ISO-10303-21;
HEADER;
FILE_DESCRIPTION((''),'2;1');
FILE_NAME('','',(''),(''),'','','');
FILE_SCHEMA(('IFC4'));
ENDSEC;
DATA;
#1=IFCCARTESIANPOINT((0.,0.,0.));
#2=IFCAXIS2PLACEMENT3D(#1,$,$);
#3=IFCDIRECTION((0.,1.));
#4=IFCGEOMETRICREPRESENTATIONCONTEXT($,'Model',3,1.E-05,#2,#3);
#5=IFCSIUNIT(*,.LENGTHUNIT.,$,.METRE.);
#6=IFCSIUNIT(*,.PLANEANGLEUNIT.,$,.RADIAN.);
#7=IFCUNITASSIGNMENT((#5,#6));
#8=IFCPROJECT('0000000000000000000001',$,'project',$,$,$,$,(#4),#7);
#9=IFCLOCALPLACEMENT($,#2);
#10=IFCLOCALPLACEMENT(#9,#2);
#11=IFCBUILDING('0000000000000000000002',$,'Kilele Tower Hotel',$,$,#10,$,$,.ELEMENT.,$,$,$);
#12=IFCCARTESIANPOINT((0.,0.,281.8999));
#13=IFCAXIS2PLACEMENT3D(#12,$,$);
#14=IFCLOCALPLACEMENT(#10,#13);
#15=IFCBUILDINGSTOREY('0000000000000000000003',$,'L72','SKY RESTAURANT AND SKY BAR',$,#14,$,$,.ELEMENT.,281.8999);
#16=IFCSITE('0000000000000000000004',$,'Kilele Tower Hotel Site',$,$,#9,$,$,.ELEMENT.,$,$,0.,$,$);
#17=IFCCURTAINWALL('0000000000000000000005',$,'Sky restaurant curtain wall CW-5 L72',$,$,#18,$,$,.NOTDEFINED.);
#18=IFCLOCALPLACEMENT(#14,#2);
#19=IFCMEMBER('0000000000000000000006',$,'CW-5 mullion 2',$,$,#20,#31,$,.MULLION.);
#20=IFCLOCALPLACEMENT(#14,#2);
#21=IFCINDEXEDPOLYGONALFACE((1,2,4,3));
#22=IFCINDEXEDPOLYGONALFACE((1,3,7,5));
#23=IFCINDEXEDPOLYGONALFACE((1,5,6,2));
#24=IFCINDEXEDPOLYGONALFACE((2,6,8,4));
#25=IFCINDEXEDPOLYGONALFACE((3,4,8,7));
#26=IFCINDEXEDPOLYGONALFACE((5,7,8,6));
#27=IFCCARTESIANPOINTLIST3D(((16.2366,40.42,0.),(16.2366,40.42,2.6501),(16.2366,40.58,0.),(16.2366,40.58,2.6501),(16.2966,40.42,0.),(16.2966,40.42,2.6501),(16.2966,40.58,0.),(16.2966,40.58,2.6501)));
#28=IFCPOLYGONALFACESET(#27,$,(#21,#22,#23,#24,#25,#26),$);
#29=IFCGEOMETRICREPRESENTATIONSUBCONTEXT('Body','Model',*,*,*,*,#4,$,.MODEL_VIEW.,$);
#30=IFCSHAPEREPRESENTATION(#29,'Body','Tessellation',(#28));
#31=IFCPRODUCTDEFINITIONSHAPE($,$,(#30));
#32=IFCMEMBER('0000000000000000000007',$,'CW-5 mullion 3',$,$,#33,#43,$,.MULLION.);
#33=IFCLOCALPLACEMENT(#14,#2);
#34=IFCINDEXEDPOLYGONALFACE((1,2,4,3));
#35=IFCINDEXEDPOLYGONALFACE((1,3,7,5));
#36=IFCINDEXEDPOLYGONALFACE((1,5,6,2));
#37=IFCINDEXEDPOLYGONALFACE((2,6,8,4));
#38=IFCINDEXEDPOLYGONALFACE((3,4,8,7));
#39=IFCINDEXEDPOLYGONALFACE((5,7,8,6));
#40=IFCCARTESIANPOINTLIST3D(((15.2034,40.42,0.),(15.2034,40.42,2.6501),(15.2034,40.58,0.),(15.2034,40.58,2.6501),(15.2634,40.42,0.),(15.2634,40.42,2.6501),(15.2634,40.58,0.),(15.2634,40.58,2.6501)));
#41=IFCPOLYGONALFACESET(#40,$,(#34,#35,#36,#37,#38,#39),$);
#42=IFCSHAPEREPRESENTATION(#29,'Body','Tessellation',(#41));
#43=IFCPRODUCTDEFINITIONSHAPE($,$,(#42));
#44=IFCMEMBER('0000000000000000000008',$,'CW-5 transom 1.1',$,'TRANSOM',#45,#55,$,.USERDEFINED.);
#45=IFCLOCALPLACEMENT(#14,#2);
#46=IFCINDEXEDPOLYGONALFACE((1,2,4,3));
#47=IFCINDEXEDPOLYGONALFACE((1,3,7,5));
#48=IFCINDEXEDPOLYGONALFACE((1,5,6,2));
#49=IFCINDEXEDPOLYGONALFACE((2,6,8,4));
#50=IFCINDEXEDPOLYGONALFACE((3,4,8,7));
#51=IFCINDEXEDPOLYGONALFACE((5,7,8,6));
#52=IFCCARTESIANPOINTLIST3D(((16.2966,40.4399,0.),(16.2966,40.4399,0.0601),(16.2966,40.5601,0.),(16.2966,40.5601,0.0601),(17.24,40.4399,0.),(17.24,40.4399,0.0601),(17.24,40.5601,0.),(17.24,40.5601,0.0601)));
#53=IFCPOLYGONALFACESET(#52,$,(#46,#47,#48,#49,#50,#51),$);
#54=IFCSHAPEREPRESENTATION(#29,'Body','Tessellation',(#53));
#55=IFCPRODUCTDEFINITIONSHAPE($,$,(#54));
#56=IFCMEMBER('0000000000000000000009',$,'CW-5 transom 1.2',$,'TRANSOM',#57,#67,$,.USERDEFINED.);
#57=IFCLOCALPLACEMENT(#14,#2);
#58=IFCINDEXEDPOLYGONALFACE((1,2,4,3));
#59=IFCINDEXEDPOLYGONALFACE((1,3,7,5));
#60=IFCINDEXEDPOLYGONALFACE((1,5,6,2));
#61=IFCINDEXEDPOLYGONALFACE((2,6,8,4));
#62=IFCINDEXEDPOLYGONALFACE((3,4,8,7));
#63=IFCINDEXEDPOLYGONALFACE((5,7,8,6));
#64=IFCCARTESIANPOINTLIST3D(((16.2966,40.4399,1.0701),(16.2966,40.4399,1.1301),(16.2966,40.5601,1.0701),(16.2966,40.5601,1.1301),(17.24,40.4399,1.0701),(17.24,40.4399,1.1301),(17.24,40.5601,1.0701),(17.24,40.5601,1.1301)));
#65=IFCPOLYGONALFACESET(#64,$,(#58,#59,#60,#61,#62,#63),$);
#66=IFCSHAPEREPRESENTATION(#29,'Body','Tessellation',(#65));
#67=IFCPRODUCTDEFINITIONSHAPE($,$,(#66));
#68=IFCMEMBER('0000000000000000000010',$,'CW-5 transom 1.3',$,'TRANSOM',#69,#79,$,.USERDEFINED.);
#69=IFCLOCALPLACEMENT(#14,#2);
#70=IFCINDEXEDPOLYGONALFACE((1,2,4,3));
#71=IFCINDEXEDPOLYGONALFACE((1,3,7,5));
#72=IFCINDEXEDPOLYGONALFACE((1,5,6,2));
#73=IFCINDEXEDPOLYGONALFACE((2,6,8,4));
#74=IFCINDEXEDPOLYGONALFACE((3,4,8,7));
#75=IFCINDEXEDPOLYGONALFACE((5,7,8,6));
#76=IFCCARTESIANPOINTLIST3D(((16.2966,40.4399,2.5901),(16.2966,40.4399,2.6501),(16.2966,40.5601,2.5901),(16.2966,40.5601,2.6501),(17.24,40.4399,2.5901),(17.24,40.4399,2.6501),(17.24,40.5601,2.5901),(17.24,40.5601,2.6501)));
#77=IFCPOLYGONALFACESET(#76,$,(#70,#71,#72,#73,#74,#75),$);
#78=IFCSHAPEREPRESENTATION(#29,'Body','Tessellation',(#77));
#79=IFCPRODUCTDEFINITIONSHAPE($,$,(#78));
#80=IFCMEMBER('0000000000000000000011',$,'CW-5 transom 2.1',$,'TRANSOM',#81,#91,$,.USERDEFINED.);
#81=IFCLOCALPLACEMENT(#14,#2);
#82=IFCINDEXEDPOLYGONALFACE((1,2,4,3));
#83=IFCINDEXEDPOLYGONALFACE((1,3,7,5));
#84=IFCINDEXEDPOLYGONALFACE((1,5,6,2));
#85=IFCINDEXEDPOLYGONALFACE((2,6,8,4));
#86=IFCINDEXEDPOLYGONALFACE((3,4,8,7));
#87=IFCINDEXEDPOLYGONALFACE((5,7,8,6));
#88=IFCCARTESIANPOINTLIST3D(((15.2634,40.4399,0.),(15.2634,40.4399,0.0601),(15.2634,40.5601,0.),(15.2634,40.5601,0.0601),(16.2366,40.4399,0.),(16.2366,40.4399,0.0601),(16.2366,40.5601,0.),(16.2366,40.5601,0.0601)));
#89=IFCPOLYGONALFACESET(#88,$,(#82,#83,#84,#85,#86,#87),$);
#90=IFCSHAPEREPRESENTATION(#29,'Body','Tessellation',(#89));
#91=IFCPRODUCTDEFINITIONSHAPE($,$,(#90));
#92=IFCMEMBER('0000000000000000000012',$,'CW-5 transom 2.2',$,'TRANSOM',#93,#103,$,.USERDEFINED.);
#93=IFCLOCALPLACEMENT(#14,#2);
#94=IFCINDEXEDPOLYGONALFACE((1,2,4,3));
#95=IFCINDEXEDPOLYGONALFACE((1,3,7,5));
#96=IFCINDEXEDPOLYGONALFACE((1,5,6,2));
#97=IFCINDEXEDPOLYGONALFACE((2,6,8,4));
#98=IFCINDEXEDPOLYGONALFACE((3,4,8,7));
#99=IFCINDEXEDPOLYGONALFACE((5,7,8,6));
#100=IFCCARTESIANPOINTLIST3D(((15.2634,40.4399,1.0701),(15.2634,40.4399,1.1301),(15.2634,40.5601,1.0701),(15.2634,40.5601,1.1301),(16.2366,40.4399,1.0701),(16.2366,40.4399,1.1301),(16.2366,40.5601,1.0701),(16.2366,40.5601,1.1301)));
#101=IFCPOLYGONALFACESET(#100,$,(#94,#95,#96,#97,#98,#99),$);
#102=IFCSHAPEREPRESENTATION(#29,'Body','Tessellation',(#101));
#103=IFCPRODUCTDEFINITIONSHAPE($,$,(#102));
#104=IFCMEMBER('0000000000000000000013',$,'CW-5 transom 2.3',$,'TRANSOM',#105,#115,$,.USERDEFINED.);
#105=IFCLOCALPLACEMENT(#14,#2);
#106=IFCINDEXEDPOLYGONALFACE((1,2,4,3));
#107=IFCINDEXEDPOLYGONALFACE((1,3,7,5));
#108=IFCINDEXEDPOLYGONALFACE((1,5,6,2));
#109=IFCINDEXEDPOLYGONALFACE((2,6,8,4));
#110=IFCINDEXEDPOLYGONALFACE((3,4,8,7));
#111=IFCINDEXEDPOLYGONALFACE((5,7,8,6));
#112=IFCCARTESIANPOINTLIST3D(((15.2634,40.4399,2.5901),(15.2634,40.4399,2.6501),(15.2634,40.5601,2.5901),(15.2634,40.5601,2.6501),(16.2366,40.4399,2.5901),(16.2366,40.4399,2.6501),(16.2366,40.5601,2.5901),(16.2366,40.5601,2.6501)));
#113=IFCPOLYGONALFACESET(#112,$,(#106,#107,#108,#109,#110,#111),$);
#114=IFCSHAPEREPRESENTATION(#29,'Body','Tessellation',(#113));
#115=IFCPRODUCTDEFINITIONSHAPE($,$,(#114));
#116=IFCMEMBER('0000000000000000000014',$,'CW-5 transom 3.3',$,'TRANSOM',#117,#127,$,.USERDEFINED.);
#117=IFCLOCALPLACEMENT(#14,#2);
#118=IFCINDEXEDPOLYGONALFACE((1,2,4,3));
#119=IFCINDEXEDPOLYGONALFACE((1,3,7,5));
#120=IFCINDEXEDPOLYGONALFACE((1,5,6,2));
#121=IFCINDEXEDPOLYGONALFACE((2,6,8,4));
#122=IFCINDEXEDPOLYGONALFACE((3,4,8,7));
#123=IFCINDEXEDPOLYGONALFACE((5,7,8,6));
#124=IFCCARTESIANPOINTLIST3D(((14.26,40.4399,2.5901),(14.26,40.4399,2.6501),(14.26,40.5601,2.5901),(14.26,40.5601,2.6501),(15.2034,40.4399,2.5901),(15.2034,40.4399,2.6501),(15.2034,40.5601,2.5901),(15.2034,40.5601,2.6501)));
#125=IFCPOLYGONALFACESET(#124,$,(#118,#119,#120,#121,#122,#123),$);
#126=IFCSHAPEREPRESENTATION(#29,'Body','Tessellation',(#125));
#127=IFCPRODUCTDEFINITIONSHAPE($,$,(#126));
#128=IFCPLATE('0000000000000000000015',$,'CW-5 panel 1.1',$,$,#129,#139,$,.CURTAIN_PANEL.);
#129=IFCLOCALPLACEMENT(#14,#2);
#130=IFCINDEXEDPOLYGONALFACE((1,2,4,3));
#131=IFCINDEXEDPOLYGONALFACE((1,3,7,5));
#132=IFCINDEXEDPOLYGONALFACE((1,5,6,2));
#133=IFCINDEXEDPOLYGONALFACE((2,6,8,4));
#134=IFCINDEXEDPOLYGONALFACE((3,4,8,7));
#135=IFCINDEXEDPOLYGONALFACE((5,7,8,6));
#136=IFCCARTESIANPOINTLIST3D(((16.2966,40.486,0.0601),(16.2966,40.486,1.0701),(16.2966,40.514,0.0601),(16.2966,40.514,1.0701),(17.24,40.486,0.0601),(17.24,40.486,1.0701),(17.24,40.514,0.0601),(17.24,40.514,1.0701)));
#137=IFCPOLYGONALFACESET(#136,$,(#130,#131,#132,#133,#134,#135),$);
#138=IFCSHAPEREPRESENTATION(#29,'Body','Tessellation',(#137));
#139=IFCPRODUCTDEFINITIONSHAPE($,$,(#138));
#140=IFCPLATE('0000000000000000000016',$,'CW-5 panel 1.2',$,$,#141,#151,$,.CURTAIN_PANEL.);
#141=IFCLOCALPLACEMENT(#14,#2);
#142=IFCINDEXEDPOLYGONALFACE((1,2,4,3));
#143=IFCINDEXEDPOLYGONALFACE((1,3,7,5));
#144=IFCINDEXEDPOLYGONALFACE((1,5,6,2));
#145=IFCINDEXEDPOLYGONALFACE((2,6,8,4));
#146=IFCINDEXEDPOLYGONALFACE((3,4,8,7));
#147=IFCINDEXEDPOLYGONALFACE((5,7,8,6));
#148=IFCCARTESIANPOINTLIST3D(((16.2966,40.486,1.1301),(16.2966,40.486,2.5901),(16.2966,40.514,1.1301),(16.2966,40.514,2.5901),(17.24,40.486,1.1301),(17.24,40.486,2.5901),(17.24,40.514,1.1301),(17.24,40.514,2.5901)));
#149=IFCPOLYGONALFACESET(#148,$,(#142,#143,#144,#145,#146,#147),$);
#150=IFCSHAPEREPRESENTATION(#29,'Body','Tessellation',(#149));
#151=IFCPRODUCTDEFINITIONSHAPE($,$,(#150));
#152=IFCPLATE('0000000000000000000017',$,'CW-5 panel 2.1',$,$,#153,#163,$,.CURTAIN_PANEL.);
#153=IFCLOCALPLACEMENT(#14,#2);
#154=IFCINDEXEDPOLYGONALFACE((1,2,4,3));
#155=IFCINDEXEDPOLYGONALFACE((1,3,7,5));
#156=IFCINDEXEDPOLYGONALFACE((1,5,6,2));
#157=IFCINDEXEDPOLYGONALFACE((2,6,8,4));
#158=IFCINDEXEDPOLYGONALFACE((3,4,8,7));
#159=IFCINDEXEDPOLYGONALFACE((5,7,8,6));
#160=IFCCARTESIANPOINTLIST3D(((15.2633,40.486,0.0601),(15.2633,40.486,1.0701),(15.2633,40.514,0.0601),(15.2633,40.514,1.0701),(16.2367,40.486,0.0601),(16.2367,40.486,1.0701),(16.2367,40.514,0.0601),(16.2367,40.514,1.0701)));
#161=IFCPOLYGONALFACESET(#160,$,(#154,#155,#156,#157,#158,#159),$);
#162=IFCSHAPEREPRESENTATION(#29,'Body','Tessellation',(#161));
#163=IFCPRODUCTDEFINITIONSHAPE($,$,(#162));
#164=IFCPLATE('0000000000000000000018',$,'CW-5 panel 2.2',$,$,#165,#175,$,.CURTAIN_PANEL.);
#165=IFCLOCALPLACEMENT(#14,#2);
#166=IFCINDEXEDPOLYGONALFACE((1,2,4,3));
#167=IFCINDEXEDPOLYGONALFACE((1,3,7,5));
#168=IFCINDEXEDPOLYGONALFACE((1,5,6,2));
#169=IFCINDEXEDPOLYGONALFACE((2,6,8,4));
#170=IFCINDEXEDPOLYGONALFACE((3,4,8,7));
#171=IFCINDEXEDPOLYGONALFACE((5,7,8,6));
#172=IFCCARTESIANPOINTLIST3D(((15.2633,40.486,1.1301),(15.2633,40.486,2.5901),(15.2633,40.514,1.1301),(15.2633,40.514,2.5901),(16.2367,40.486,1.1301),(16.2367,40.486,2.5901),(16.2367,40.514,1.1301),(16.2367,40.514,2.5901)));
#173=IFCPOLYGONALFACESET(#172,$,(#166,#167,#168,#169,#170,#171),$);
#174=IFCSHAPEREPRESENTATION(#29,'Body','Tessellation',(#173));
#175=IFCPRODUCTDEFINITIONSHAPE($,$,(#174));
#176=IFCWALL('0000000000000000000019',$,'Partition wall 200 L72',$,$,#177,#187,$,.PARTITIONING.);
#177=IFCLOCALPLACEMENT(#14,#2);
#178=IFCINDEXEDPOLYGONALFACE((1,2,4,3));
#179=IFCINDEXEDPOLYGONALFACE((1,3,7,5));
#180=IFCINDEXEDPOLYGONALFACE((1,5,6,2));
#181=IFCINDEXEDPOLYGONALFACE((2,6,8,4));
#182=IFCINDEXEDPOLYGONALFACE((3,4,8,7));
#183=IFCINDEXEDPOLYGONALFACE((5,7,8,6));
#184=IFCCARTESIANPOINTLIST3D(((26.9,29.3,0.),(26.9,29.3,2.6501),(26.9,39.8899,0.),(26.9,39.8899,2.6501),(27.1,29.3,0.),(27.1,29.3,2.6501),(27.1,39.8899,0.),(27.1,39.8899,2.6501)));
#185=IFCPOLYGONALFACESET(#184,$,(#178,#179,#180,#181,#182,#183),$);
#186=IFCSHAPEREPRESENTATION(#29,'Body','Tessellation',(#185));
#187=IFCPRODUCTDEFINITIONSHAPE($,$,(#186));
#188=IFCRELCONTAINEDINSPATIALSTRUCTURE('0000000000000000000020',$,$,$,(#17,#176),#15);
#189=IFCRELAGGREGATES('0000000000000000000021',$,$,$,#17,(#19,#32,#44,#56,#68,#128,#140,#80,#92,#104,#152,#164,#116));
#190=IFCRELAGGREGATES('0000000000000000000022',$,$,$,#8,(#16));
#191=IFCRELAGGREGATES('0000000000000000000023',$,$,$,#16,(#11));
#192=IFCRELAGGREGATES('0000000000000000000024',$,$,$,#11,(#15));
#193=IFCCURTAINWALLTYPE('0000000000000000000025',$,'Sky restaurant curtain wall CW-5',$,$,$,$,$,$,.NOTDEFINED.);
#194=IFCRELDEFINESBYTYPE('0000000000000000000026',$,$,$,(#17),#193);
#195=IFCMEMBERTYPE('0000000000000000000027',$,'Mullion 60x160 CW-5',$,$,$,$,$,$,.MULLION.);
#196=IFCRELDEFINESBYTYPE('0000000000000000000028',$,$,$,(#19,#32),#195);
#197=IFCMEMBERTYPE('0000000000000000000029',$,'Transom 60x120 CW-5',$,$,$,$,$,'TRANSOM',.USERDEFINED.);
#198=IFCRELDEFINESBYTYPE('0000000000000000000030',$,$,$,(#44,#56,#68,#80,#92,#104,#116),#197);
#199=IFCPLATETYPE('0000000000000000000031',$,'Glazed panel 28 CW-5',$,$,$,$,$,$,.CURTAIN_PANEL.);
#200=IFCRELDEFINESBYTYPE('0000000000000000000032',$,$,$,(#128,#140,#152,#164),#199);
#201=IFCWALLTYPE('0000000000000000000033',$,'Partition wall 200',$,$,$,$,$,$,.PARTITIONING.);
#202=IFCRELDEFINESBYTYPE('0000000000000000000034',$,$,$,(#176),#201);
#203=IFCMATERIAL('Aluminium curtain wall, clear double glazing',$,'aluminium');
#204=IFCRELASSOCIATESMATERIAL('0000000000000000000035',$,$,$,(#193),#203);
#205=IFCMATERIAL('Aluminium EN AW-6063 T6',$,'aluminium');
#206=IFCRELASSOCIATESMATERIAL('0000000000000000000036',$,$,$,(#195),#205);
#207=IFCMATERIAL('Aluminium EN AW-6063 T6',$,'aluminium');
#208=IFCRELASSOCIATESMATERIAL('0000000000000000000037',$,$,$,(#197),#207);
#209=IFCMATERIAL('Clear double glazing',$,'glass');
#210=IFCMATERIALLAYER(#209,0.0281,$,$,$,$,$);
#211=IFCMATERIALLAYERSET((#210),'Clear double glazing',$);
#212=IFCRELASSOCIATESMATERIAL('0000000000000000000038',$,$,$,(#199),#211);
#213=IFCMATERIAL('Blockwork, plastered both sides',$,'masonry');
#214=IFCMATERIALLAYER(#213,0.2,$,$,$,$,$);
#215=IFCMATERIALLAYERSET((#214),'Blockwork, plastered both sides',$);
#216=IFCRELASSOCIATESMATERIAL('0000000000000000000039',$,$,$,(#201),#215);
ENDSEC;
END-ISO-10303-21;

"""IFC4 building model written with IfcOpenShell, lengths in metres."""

from ifc_helpers import new_model, si_unit, direction, frame, frame_2d, origin, origin_2d, place, context, subcontext, project, spatial, rectangle, extrude, material, layer, layer_set, material_profile, profile_set, type_object, element, aggregate, save


model = new_model("IFC4")

# Units and contexts
model_context = context("Model", 3, precision=1e-05, world=origin(), true_north=direction((0.0, 1.0)))
body_context = subcontext(model_context, "Body", "Model", "MODEL_VIEW")
ifc_project = project(units=[si_unit("LENGTHUNIT", "METRE"), si_unit("PLANEANGLEUNIT", "RADIAN")], contexts=[model_context])

# Site, building, storey
site_placement = place(None, origin())
site = spatial("IfcSite", under=ifc_project, at=site_placement, Name="Kilele Tower Hotel Site", CompositionType="ELEMENT", RefElevation=0.0)
building_placement = place(site_placement, origin())
building = spatial("IfcBuilding", under=site, at=building_placement, Name="Kilele Tower Hotel", CompositionType="ELEMENT")
storey_placement = place(building_placement, frame((0.0, 0.0, 281.8999)))
storey = spatial("IfcBuildingStorey", under=building, at=storey_placement, Name="L72", Description="SKY RESTAURANT AND SKY BAR", CompositionType="ELEMENT", Elevation=281.8999)

# Curtain wall, members, plates
ifc_material_1 = material(Name="Aluminium curtain wall, clear double glazing", Category="aluminium")
curtain_wall_type = type_object("IfcCurtainWallType", Name="Sky restaurant curtain wall CW-5", PredefinedType="NOTDEFINED", material=ifc_material_1)
curtain_wall_placement = place(storey_placement, origin())
curtain_wall = element("IfcCurtainWall", 1, at=curtain_wall_placement, inside=storey, type_object=curtain_wall_type, Name="Sky restaurant curtain wall CW-5 L72", PredefinedType="NOTDEFINED")
ifc_material_2 = material(Name="Aluminium EN AW-6063 T6", Category="aluminium")
ifc_material_profile_1 = material_profile(ifc_material_2, rectangle(XDim=0.1599, YDim=0.0601, at=origin_2d()))
ifc_profile_set_1 = profile_set([ifc_material_profile_1], Name="Aluminium EN AW-6063 T6")
member_type_1 = type_object("IfcMemberType", Name="Mullion 60x160 CW-5", PredefinedType="MULLION", material=ifc_profile_set_1)
member_1_placement = place(storey_placement, frame((16.2666, 40.5, 0.0), z_axis=(0.0, 0.0, 1.0), x_axis=(0.0, -1.0, 0.0)))
member_1 = element("IfcMember", 2, at=member_1_placement, type_object=member_type_1, Name="CW-5 mullion 2", PredefinedType="MULLION", context=body_context, shape_type="SweptSolid", body=[
    extrude(rectangle(XDim=0.1599, YDim=0.0601, at=origin_2d()), origin(), (0.0, 0.0, 1.0), 2.6501),
])
member_2_placement = place(storey_placement, frame((15.2334, 40.5, 0.0), z_axis=(0.0, 0.0, 1.0), x_axis=(0.0, -1.0, 0.0)))
member_2 = element("IfcMember", 3, at=member_2_placement, type_object=member_type_1, Name="CW-5 mullion 3", PredefinedType="MULLION", context=body_context, shape_type="SweptSolid", body=[
    extrude(rectangle(XDim=0.1599, YDim=0.0601, at=origin_2d()), origin(), (0.0, 0.0, 1.0), 2.6501),
])
ifc_material_3 = material(Name="Aluminium EN AW-6063 T6", Category="aluminium")
ifc_material_profile_2 = material_profile(ifc_material_3, rectangle(XDim=0.1201, YDim=0.0601, at=origin_2d()))
ifc_profile_set_2 = profile_set([ifc_material_profile_2], Name="Aluminium EN AW-6063 T6")
member_type_2 = type_object("IfcMemberType", Name="Transom 60x120 CW-5", ElementType="TRANSOM", PredefinedType="USERDEFINED", material=ifc_profile_set_2)
member_3_placement = place(storey_placement, frame((17.24, 40.5, 0.03), z_axis=(-1.0, 0.0, 0.0), x_axis=(0.0, -1.0, 0.0)))
member_3 = element("IfcMember", 4, at=member_3_placement, type_object=member_type_2, Name="CW-5 transom 1.1", ObjectType="TRANSOM", PredefinedType="USERDEFINED", context=body_context, shape_type="SweptSolid", body=[
    extrude(rectangle(XDim=0.1201, YDim=0.0601, at=origin_2d()), origin(), (0.0, 0.0, 1.0), 0.9434),
])
member_4_placement = place(storey_placement, frame((17.24, 40.5, 1.1001), z_axis=(-1.0, 0.0, 0.0), x_axis=(0.0, -1.0, 0.0)))
member_4 = element("IfcMember", 5, at=member_4_placement, type_object=member_type_2, Name="CW-5 transom 1.2", ObjectType="TRANSOM", PredefinedType="USERDEFINED", context=body_context, shape_type="SweptSolid", body=[
    extrude(rectangle(XDim=0.1201, YDim=0.0601, at=origin_2d()), origin(), (0.0, 0.0, 1.0), 0.9434),
])
member_5_placement = place(storey_placement, frame((17.24, 40.5, 2.6201), z_axis=(-1.0, 0.0, 0.0), x_axis=(0.0, -1.0, 0.0)))
member_5 = element("IfcMember", 6, at=member_5_placement, type_object=member_type_2, Name="CW-5 transom 1.3", ObjectType="TRANSOM", PredefinedType="USERDEFINED", context=body_context, shape_type="SweptSolid", body=[
    extrude(rectangle(XDim=0.1201, YDim=0.0601, at=origin_2d()), origin(), (0.0, 0.0, 1.0), 0.9434),
])
member_6_placement = place(storey_placement, frame((16.2366, 40.5, 0.03), z_axis=(-1.0, 0.0, 0.0), x_axis=(0.0, -1.0, 0.0)))
member_6 = element("IfcMember", 7, at=member_6_placement, type_object=member_type_2, Name="CW-5 transom 2.1", ObjectType="TRANSOM", PredefinedType="USERDEFINED", context=body_context, shape_type="SweptSolid", body=[
    extrude(rectangle(XDim=0.1201, YDim=0.0601, at=origin_2d()), origin(), (0.0, 0.0, 1.0), 0.9731),
])
member_7_placement = place(storey_placement, frame((16.2366, 40.5, 1.1001), z_axis=(-1.0, 0.0, 0.0), x_axis=(0.0, -1.0, 0.0)))
member_7 = element("IfcMember", 8, at=member_7_placement, type_object=member_type_2, Name="CW-5 transom 2.2", ObjectType="TRANSOM", PredefinedType="USERDEFINED", context=body_context, shape_type="SweptSolid", body=[
    extrude(rectangle(XDim=0.1201, YDim=0.0601, at=origin_2d()), origin(), (0.0, 0.0, 1.0), 0.9731),
])
member_8_placement = place(storey_placement, frame((16.2366, 40.5, 2.6201), z_axis=(-1.0, 0.0, 0.0), x_axis=(0.0, -1.0, 0.0)))
member_8 = element("IfcMember", 9, at=member_8_placement, type_object=member_type_2, Name="CW-5 transom 2.3", ObjectType="TRANSOM", PredefinedType="USERDEFINED", context=body_context, shape_type="SweptSolid", body=[
    extrude(rectangle(XDim=0.1201, YDim=0.0601, at=origin_2d()), origin(), (0.0, 0.0, 1.0), 0.9731),
])
member_9_placement = place(storey_placement, frame((15.2034, 40.5, 2.6201), z_axis=(-1.0, 0.0, 0.0), x_axis=(0.0, -1.0, 0.0)))
member_9 = element("IfcMember", 10, at=member_9_placement, type_object=member_type_2, Name="CW-5 transom 3.3", ObjectType="TRANSOM", PredefinedType="USERDEFINED", context=body_context, shape_type="SweptSolid", body=[
    extrude(rectangle(XDim=0.1201, YDim=0.0601, at=origin_2d()), origin(), (0.0, 0.0, 1.0), 0.9434),
])
ifc_material_4 = material(Name="Clear double glazing", Category="glass")
ifc_layer_1 = layer(ifc_material_4, 0.0281)
ifc_layer_set_1 = layer_set([ifc_layer_1], Name="Clear double glazing")
plate_type = type_object("IfcPlateType", Name="Glazed panel 28 CW-5", PredefinedType="CURTAIN_PANEL", material=ifc_layer_set_1)
plate_1_placement = place(storey_placement, frame((16.7683, 40.5, 0.0601), z_axis=(0.0, 0.0, 1.0), x_axis=(-1.0, 0.0, 0.0)))
plate_1 = element("IfcPlate", 11, at=plate_1_placement, type_object=plate_type, Name="CW-5 panel 1.1", PredefinedType="CURTAIN_PANEL", context=body_context, shape_type="SweptSolid", body=[
    extrude(rectangle(XDim=0.9434, YDim=0.0281, at=origin_2d()), origin(), (0.0, 0.0, 1.0), 1.01),
])
plate_2_placement = place(storey_placement, frame((16.7683, 40.5, 1.1301), z_axis=(0.0, 0.0, 1.0), x_axis=(-1.0, 0.0, 0.0)))
plate_2 = element("IfcPlate", 12, at=plate_2_placement, type_object=plate_type, Name="CW-5 panel 1.2", PredefinedType="CURTAIN_PANEL", context=body_context, shape_type="SweptSolid", body=[
    extrude(rectangle(XDim=0.9434, YDim=0.0281, at=origin_2d()), origin(), (0.0, 0.0, 1.0), 1.46),
])
plate_3_placement = place(storey_placement, frame((15.75, 40.5, 0.0601), z_axis=(0.0, 0.0, 1.0), x_axis=(-1.0, 0.0, 0.0)))
plate_3 = element("IfcPlate", 13, at=plate_3_placement, type_object=plate_type, Name="CW-5 panel 2.1", PredefinedType="CURTAIN_PANEL", context=body_context, shape_type="SweptSolid", body=[
    extrude(rectangle(XDim=0.9734, YDim=0.0281, at=origin_2d()), origin(), (0.0, 0.0, 1.0), 1.01),
])
plate_4_placement = place(storey_placement, frame((15.75, 40.5, 1.1301), z_axis=(0.0, 0.0, 1.0), x_axis=(-1.0, 0.0, 0.0)))
plate_4 = element("IfcPlate", 14, at=plate_4_placement, type_object=plate_type, Name="CW-5 panel 2.2", PredefinedType="CURTAIN_PANEL", context=body_context, shape_type="SweptSolid", body=[
    extrude(rectangle(XDim=0.9734, YDim=0.0281, at=origin_2d()), origin(), (0.0, 0.0, 1.0), 1.46),
])
aggregate(curtain_wall, [member_1, member_2, member_3, member_4, member_5, plate_1, plate_2, member_6, member_7, member_8, plate_3, plate_4, member_9])

# Wall
ifc_material_5 = material(Name="Blockwork, plastered both sides", Category="masonry")
ifc_layer_2 = layer(ifc_material_5, 0.2)
ifc_layer_set_2 = layer_set([ifc_layer_2], Name="Blockwork, plastered both sides")
wall_type_1 = type_object("IfcWallType", Name="Partition wall 200", PredefinedType="PARTITIONING", material=ifc_layer_set_2)
wall_1_placement = place(storey_placement, frame((27.0, 29.3, 0.0), z_axis=(0.0, 0.0, 1.0), x_axis=(0.0, 1.0, 0.0)))
element("IfcWall", 15, at=wall_1_placement, inside=storey, type_object=wall_type_1, Name="Partition wall 200 L72", PredefinedType="PARTITIONING", context=body_context, shape_type="SweptSolid", body=[
    extrude(rectangle(XDim=10.5898, YDim=0.2, at=frame_2d((5.2949, 0.0))), origin(), (0.0, 0.0, 1.0), 2.6501),
])

save(model, "model.ifc")
